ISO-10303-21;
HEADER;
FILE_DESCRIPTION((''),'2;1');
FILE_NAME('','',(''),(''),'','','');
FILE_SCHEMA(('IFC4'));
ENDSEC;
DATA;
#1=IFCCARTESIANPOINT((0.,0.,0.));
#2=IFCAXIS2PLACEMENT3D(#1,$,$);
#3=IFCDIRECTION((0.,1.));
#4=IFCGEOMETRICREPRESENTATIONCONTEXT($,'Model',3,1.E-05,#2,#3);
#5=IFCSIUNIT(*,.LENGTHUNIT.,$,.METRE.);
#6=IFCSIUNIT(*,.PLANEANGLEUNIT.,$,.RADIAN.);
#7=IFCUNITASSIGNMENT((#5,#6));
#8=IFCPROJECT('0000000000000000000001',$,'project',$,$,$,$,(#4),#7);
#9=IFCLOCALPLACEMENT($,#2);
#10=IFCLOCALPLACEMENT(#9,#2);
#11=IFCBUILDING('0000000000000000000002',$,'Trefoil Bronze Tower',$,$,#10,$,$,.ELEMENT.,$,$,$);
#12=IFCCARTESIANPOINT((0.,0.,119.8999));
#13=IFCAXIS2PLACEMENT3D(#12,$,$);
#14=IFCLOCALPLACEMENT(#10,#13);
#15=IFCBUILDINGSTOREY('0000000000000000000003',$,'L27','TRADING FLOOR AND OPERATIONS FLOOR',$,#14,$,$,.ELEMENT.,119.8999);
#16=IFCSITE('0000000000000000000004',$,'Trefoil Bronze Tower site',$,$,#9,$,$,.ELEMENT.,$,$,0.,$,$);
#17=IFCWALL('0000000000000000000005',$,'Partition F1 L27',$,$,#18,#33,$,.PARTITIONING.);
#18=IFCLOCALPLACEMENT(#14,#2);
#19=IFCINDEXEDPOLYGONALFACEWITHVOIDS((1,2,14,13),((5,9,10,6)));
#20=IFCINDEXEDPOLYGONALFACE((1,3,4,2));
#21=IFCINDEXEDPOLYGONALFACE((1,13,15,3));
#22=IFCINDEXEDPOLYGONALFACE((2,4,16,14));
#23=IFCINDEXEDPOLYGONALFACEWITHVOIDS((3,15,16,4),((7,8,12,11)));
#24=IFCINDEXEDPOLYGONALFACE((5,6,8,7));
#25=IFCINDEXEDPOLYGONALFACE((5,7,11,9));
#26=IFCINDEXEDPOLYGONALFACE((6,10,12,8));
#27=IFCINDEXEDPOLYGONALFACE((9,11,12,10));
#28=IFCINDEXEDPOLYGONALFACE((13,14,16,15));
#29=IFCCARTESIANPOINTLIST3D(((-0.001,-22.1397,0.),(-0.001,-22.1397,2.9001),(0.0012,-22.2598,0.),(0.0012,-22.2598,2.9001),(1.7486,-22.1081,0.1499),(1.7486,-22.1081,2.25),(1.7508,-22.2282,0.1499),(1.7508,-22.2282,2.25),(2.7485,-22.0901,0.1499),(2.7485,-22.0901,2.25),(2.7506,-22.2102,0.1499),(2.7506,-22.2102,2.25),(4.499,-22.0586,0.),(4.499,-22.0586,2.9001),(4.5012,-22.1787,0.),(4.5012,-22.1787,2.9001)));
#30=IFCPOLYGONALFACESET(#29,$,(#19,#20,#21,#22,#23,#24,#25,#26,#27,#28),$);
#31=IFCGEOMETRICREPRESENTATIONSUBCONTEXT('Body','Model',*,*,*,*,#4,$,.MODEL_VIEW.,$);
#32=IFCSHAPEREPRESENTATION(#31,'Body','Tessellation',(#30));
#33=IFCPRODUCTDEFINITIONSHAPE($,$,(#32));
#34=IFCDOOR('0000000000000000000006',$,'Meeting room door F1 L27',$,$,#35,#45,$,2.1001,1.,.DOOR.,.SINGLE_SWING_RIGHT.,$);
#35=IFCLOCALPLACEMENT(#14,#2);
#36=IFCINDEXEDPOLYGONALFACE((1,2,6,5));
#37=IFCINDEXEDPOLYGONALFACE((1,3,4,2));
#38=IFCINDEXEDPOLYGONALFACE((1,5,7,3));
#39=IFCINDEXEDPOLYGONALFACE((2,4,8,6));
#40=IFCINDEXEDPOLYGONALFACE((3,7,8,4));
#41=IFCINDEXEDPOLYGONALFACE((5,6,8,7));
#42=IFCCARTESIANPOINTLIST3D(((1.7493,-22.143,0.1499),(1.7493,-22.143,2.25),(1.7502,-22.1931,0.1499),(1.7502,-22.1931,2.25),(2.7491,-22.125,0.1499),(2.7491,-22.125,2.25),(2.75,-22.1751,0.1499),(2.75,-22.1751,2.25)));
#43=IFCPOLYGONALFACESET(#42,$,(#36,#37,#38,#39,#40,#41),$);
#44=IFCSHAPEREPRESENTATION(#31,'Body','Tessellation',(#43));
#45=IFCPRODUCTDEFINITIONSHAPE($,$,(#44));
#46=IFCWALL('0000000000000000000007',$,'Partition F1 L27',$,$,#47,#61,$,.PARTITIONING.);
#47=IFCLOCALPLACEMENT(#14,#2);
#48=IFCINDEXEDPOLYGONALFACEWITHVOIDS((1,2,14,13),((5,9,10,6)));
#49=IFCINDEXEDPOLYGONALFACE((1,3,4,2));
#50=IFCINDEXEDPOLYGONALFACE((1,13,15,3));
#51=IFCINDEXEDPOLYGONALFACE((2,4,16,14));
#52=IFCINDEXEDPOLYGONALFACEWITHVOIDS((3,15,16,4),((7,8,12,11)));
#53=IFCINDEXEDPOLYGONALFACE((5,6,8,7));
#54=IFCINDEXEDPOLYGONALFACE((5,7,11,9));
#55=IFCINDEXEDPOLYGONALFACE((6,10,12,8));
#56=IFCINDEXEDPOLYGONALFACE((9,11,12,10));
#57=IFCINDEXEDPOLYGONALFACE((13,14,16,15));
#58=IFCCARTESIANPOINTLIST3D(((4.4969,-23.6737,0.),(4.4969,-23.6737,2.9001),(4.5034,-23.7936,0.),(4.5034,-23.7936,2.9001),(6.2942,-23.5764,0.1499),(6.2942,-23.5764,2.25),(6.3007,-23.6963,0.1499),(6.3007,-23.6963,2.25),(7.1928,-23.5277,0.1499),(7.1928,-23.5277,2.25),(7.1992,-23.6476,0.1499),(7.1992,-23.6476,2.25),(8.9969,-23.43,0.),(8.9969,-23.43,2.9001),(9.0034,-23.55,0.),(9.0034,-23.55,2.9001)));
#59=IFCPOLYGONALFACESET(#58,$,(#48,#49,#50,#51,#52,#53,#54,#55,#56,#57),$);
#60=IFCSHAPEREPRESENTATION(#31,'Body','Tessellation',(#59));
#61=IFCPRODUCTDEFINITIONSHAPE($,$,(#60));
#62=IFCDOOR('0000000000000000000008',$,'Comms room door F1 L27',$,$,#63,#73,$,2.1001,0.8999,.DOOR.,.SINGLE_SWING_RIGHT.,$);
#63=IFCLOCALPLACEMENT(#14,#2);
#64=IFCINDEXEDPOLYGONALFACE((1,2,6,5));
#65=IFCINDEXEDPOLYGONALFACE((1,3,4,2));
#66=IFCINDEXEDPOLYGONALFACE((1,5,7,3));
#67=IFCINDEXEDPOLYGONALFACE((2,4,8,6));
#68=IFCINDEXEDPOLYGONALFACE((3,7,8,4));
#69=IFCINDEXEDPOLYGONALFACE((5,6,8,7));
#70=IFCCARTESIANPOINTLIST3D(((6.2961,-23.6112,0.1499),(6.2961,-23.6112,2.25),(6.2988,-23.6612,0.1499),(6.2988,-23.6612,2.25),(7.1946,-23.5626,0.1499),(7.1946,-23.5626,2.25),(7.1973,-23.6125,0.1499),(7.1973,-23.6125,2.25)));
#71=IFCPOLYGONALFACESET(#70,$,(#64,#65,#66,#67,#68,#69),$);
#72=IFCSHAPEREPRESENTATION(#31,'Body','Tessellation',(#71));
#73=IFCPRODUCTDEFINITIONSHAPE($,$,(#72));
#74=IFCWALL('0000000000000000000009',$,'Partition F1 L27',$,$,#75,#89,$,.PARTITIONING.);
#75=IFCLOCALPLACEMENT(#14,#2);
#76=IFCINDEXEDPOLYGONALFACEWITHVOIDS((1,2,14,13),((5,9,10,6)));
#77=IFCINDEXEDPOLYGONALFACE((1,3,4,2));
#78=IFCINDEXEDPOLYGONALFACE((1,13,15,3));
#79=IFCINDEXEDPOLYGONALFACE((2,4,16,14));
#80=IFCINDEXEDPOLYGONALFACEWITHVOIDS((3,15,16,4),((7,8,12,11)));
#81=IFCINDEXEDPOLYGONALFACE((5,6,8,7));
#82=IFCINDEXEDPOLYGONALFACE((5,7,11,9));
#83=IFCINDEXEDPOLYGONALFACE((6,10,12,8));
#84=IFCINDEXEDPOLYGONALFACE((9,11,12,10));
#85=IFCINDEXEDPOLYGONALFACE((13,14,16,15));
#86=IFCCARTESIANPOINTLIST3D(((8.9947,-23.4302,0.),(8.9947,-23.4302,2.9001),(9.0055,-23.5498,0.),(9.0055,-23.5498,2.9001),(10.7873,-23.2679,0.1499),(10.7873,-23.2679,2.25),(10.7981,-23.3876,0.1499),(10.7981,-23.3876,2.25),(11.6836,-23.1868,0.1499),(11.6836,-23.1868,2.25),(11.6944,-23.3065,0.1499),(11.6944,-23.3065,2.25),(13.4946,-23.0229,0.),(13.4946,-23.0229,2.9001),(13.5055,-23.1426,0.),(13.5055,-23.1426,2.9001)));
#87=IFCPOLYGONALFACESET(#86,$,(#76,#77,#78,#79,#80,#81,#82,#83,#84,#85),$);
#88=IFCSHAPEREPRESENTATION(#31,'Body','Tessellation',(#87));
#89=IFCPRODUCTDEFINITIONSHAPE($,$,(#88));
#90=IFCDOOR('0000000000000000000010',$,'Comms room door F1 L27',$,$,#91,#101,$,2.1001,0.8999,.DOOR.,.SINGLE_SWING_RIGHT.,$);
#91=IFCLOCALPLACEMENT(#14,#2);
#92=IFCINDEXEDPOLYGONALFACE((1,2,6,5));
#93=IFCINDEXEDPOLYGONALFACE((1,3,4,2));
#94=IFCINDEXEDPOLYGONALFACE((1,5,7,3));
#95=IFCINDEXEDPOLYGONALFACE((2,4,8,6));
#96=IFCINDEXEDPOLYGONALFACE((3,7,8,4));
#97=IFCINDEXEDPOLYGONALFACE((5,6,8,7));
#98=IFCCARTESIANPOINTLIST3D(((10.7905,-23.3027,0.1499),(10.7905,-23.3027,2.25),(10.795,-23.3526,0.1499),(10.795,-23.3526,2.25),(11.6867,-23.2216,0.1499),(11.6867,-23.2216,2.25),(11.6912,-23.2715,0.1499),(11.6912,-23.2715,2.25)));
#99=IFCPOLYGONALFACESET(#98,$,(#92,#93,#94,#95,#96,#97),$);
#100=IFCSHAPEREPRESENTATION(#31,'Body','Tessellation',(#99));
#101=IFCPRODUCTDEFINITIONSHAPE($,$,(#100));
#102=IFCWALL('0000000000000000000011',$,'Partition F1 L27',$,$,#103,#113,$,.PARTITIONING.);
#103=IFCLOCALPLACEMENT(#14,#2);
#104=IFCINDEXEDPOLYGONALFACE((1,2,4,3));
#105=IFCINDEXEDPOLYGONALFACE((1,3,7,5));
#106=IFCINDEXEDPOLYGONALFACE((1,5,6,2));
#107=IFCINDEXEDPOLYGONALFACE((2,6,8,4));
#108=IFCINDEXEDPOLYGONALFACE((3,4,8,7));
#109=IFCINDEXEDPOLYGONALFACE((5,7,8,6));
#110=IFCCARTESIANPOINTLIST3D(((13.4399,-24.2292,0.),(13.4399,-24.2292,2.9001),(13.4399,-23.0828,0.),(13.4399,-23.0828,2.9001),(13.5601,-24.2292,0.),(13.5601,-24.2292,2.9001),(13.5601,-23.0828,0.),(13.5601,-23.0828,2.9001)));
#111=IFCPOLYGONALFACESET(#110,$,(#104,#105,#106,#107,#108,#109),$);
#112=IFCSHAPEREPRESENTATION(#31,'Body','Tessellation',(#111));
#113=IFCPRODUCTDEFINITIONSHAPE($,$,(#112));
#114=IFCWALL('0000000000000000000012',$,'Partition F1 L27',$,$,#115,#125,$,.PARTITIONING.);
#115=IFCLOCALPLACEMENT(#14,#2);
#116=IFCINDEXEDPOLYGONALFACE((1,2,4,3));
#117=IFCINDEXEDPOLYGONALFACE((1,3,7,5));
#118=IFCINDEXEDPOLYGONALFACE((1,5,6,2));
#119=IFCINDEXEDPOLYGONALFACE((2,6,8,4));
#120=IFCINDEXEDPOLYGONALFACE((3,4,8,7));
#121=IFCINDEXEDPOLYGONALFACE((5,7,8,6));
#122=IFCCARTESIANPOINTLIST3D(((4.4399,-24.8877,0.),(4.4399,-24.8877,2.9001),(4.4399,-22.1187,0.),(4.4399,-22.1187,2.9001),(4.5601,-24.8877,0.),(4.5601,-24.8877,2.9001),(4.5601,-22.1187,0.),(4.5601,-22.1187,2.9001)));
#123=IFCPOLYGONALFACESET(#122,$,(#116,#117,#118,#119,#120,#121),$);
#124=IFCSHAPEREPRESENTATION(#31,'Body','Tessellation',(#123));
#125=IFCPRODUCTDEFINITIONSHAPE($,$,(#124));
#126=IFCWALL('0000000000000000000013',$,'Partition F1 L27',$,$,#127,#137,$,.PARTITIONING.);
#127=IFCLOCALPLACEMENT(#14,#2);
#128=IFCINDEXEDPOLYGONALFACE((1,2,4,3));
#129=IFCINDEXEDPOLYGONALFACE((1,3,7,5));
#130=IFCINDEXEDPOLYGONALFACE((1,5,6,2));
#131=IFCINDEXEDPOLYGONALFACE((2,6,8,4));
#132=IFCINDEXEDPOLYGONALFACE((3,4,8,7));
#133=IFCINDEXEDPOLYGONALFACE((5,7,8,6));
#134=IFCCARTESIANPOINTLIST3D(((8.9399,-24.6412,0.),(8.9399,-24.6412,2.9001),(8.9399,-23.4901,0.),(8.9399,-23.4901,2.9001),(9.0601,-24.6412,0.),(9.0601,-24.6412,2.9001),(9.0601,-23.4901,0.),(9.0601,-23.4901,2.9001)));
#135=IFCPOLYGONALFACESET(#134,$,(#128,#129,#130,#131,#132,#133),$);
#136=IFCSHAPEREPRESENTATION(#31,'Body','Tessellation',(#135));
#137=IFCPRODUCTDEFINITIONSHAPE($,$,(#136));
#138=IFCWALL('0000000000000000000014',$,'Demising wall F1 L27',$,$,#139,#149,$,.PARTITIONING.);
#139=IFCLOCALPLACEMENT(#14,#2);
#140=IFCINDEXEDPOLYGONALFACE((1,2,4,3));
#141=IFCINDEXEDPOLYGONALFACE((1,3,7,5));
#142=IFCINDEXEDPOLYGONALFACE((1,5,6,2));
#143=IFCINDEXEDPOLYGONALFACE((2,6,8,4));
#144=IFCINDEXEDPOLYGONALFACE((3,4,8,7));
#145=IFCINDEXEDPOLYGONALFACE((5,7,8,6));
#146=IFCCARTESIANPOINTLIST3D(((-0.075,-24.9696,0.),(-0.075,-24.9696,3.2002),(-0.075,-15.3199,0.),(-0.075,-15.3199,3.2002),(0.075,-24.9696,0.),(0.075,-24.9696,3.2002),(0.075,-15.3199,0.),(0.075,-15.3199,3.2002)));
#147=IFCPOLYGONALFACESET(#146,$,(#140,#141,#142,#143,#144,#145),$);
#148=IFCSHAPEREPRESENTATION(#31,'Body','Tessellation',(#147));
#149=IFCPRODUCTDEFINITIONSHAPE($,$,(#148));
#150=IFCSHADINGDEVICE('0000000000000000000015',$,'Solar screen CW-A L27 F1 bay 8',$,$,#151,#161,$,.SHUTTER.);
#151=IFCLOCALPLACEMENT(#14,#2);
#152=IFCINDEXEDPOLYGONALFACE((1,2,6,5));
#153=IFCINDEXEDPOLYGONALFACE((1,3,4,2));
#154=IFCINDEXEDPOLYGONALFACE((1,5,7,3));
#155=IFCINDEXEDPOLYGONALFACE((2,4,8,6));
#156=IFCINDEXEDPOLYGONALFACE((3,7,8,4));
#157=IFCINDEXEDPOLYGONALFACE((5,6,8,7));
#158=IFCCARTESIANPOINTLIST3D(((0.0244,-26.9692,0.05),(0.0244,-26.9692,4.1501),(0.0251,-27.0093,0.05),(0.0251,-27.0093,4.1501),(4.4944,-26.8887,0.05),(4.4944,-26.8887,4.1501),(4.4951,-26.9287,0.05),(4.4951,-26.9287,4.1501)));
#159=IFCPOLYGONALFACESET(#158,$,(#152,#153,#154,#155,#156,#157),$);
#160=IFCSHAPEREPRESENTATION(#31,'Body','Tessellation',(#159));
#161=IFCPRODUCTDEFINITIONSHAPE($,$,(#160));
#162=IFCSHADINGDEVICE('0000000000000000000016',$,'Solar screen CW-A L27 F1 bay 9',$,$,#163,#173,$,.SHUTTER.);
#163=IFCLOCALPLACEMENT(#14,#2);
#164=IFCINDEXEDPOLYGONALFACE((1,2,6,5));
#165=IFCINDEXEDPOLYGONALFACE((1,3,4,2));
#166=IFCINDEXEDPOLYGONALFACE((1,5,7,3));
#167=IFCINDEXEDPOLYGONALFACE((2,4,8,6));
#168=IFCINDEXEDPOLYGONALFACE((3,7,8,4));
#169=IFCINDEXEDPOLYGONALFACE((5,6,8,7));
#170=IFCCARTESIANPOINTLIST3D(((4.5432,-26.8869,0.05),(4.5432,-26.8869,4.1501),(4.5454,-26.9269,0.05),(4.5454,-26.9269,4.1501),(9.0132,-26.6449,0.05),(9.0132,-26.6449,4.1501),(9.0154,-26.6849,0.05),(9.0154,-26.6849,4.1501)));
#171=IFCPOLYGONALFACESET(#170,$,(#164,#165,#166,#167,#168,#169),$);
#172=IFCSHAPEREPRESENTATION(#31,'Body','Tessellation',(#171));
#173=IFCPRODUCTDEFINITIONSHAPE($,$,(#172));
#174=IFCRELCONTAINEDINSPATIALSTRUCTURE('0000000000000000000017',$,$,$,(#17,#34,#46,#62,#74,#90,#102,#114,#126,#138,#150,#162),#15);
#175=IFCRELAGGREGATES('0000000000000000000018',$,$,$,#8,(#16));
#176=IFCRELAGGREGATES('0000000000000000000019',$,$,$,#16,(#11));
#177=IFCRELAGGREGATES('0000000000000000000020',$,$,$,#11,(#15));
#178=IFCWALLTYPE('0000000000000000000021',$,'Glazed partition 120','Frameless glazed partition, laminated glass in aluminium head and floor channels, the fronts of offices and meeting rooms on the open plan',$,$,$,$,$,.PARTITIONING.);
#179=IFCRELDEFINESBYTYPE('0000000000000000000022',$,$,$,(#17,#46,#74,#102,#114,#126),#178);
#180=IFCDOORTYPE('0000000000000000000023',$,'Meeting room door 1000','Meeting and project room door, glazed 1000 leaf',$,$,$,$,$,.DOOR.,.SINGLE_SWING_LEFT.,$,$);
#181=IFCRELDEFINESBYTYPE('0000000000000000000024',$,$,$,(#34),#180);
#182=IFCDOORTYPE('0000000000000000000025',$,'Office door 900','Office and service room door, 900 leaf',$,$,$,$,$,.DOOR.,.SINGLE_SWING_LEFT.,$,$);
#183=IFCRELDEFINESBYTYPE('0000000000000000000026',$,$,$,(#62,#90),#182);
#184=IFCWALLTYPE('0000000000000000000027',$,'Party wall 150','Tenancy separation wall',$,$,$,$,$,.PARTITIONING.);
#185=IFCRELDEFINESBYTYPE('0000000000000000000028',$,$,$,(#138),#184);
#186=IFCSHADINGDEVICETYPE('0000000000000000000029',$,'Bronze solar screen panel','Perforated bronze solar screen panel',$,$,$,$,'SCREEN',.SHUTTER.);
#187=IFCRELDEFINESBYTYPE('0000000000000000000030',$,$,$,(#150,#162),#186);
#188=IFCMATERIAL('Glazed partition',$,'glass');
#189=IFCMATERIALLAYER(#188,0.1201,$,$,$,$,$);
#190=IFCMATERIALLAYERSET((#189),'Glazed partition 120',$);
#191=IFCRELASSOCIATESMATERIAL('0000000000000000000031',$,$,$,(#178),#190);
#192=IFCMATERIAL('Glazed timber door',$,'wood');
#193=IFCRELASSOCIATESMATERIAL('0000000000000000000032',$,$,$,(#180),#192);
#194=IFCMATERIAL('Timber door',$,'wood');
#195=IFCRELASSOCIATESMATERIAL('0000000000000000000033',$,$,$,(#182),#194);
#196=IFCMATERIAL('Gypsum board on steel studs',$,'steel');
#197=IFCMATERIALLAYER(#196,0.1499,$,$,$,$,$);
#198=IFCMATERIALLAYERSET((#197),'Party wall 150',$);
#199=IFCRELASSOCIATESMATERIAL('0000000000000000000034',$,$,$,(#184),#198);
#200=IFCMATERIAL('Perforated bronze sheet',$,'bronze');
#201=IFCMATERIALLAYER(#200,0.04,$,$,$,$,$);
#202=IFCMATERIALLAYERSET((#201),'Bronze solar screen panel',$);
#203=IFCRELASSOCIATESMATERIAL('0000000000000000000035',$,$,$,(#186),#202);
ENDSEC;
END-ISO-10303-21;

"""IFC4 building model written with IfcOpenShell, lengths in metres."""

from ifc_helpers import new_model, si_unit, direction, frame, frame_2d, origin, origin_2d, place, context, subcontext, project, spatial, rectangle, extrude, material, layer, layer_set, type_object, element, fill, save


model = new_model("IFC4")

# Units and contexts
model_context = context("Model", 3, precision=1e-05, world=origin(), true_north=direction((0.0, 1.0)))
body_context = subcontext(model_context, "Body", "Model", "MODEL_VIEW")
ifc_project = project(units=[si_unit("LENGTHUNIT", "METRE"), si_unit("PLANEANGLEUNIT", "RADIAN")], contexts=[model_context])

# Site, building, storey
site_placement = place(None, origin())
site = spatial("IfcSite", under=ifc_project, at=site_placement, Name="Trefoil Bronze Tower site", CompositionType="ELEMENT", RefElevation=0.0)
building_placement = place(site_placement, origin())
building = spatial("IfcBuilding", under=site, at=building_placement, Name="Trefoil Bronze Tower", CompositionType="ELEMENT")
storey_placement = place(building_placement, frame((0.0, 0.0, 119.8999)))
storey = spatial("IfcBuildingStorey", under=building, at=storey_placement, Name="L27", Description="TRADING FLOOR AND OPERATIONS FLOOR", CompositionType="ELEMENT", Elevation=119.8999)

# Walls, openings, doors
ifc_material_1 = material(Name="Glazed partition", Category="glass")
ifc_layer_1 = layer(ifc_material_1, 0.1201)
ifc_layer_set_1 = layer_set([ifc_layer_1], Name="Glazed partition 120")
wall_type_1 = type_object("IfcWallType", Name="Glazed partition 120", Description="Frameless glazed partition, laminated glass in aluminium head and floor channels, the fronts of offices and meeting rooms on the open plan", PredefinedType="PARTITIONING", material=ifc_layer_set_1)
wall_1_placement = place(storey_placement, frame((0.0, -22.1997, 0.0), z_axis=(0.0, 0.0, 1.0), x_axis=(0.999838, 0.018009, 0.0)))
wall_1 = element("IfcWall", 1, at=wall_1_placement, inside=storey, type_object=wall_type_1, Name="Partition F1 L27", PredefinedType="PARTITIONING", context=body_context, shape_type="SweptSolid", body=[
    extrude(rectangle(XDim=4.5007, YDim=0.1201, at=frame_2d((2.2505, 0.0))), origin(), (0.0, 0.0, 1.0), 2.9001),
])
opening_1_placement = place(wall_1_placement, frame((1.75, 0.0, 0.1499)))
opening_1 = element("IfcOpeningElement", 2, at=opening_1_placement, cuts=wall_1, PredefinedType="OPENING", context=body_context, shape_type="SweptSolid", body=[
    extrude(rectangle(XDim=1.0, YDim=2.1001, at=frame_2d((0.5, 1.05))), frame((0.0, 0.0701, 0.0), z_axis=(0.0, -1.0, 0.0), x_axis=(1.0, 0.0, 0.0)), (0.0, 0.0, 1.0), 0.1401),
])
ifc_material_2 = material(Name="Glazed timber door", Category="wood")
door_type_1 = type_object("IfcDoorType", Name="Meeting room door 1000", Description="Meeting and project room door, glazed 1000 leaf", OperationType="SINGLE_SWING_LEFT", PredefinedType="DOOR", material=ifc_material_2)
door_1_placement = place(opening_1_placement, frame((1.0, 0.0, 0.0), z_axis=(0.0, 0.0, 1.0), x_axis=(-1.0, 0.0, 0.0)))
door_1 = element("IfcDoor", 3, at=door_1_placement, inside=storey, type_object=door_type_1, Name="Meeting room door F1 L27", OperationType="SINGLE_SWING_RIGHT", OverallHeight=2.1001, OverallWidth=1.0, PredefinedType="DOOR", context=body_context, shape_type="SweptSolid", body=[
    extrude(rectangle(XDim=1.0, YDim=2.1001, at=frame_2d((0.5, 1.05))), frame((0.0, 0.0249, 0.0), z_axis=(0.0, -1.0, 0.0), x_axis=(1.0, 0.0, 0.0)), (0.0, 0.0, 1.0), 0.05),
])
fill(opening_1, door_1)
wall_2_placement = place(storey_placement, frame((4.5, -23.7336, 0.0), z_axis=(0.0, 0.0, 1.0), x_axis=(0.998537, 0.054066, 0.0)))
wall_2 = element("IfcWall", 4, at=wall_2_placement, inside=storey, type_object=wall_type_1, Name="Partition F1 L27", PredefinedType="PARTITIONING", context=body_context, shape_type="SweptSolid", body=[
    extrude(rectangle(XDim=4.5066, YDim=0.1201, at=frame_2d((2.2534, 0.0))), origin(), (0.0, 0.0, 1.0), 2.9001),
])
opening_2_placement = place(wall_2_placement, frame((1.8, 0.0, 0.1499)))
opening_2 = element("IfcOpeningElement", 5, at=opening_2_placement, cuts=wall_2, PredefinedType="OPENING", context=body_context, shape_type="SweptSolid", body=[
    extrude(rectangle(XDim=0.8999, YDim=2.1001, at=frame_2d((0.45, 1.05))), frame((0.0, 0.0701, 0.0), z_axis=(0.0, -1.0, 0.0), x_axis=(1.0, 0.0, 0.0)), (0.0, 0.0, 1.0), 0.1401),
])
ifc_material_3 = material(Name="Timber door", Category="wood")
door_type_2 = type_object("IfcDoorType", Name="Office door 900", Description="Office and service room door, 900 leaf", OperationType="SINGLE_SWING_LEFT", PredefinedType="DOOR", material=ifc_material_3)
door_2_placement = place(opening_2_placement, frame((0.8999, 0.0, 0.0), z_axis=(0.0, 0.0, 1.0), x_axis=(-1.0, 0.0, 0.0)))
door_2 = element("IfcDoor", 6, at=door_2_placement, inside=storey, type_object=door_type_2, Name="Comms room door F1 L27", OperationType="SINGLE_SWING_RIGHT", OverallHeight=2.1001, OverallWidth=0.8999, PredefinedType="DOOR", context=body_context, shape_type="SweptSolid", body=[
    extrude(rectangle(XDim=0.8999, YDim=2.1001, at=frame_2d((0.45, 1.05))), frame((0.0, 0.0249, 0.0), z_axis=(0.0, -1.0, 0.0), x_axis=(1.0, 0.0, 0.0)), (0.0, 0.0, 1.0), 0.05),
])
fill(opening_2, door_2)
wall_3_placement = place(storey_placement, frame((9.0, -23.49, 0.0), z_axis=(0.0, 0.0, 1.0), x_axis=(0.99593, 0.090127, 0.0)))
wall_3 = element("IfcWall", 7, at=wall_3_placement, inside=storey, type_object=wall_type_1, Name="Partition F1 L27", PredefinedType="PARTITIONING", context=body_context, shape_type="SweptSolid", body=[
    extrude(rectangle(XDim=4.5183, YDim=0.1201, at=frame_2d((2.2593, 0.0))), origin(), (0.0, 0.0, 1.0), 2.9001),
])
opening_3_placement = place(wall_3_placement, frame((1.8, 0.0, 0.1499)))
opening_3 = element("IfcOpeningElement", 8, at=opening_3_placement, cuts=wall_3, PredefinedType="OPENING", context=body_context, shape_type="SweptSolid", body=[
    extrude(rectangle(XDim=0.8999, YDim=2.1001, at=frame_2d((0.45, 1.05))), frame((0.0, 0.0701, 0.0), z_axis=(0.0, -1.0, 0.0), x_axis=(1.0, 0.0, 0.0)), (0.0, 0.0, 1.0), 0.1401),
])
door_3_placement = place(opening_3_placement, frame((0.8999, 0.0, 0.0), z_axis=(0.0, 0.0, 1.0), x_axis=(-1.0, 0.0, 0.0)))
door_3 = element("IfcDoor", 9, at=door_3_placement, inside=storey, type_object=door_type_2, Name="Comms room door F1 L27", OperationType="SINGLE_SWING_RIGHT", OverallHeight=2.1001, OverallWidth=0.8999, PredefinedType="DOOR", context=body_context, shape_type="SweptSolid", body=[
    extrude(rectangle(XDim=0.8999, YDim=2.1001, at=frame_2d((0.45, 1.05))), frame((0.0, 0.0249, 0.0), z_axis=(0.0, -1.0, 0.0), x_axis=(1.0, 0.0, 0.0)), (0.0, 0.0, 1.0), 0.05),
])
fill(opening_3, door_3)

# Walls
wall_4_placement = place(storey_placement, frame((13.5, -23.0828, 0.0), z_axis=(0.0, 0.0, 1.0), x_axis=(0.0, -1.0, 0.0)))
element("IfcWall", 10, at=wall_4_placement, inside=storey, type_object=wall_type_1, Name="Partition F1 L27", PredefinedType="PARTITIONING", context=body_context, shape_type="SweptSolid", body=[
    extrude(rectangle(XDim=1.1465, YDim=0.1201, at=frame_2d((0.5732, 0.0))), origin(), (0.0, 0.0, 1.0), 2.9001),
])
wall_5_placement = place(storey_placement, frame((4.5, -22.1187, 0.0), z_axis=(0.0, 0.0, 1.0), x_axis=(0.0, -1.0, 0.0)))
element("IfcWall", 11, at=wall_5_placement, inside=storey, type_object=wall_type_1, Name="Partition F1 L27", PredefinedType="PARTITIONING", context=body_context, shape_type="SweptSolid", body=[
    extrude(rectangle(XDim=2.769, YDim=0.1201, at=frame_2d((1.3845, 0.0))), origin(), (0.0, 0.0, 1.0), 2.9001),
])
wall_6_placement = place(storey_placement, frame((9.0, -23.49, 0.0), z_axis=(0.0, 0.0, 1.0), x_axis=(0.0, -1.0, 0.0)))
element("IfcWall", 12, at=wall_6_placement, inside=storey, type_object=wall_type_1, Name="Partition F1 L27", PredefinedType="PARTITIONING", context=body_context, shape_type="SweptSolid", body=[
    extrude(rectangle(XDim=1.1511, YDim=0.1201, at=frame_2d((0.5757, 0.0))), origin(), (0.0, 0.0, 1.0), 2.9001),
])
ifc_material_4 = material(Name="Gypsum board on steel studs", Category="steel")
ifc_layer_2 = layer(ifc_material_4, 0.1499)
ifc_layer_set_2 = layer_set([ifc_layer_2], Name="Party wall 150")
wall_type_2 = type_object("IfcWallType", Name="Party wall 150", Description="Tenancy separation wall", PredefinedType="PARTITIONING", material=ifc_layer_set_2)
wall_7_placement = place(storey_placement, frame((0.0, -15.3201, 0.0), z_axis=(0.0, 0.0, 1.0), x_axis=(0.0, -1.0, 0.0)))
element("IfcWall", 13, at=wall_7_placement, inside=storey, type_object=wall_type_2, Name="Demising wall F1 L27", PredefinedType="PARTITIONING", context=body_context, shape_type="SweptSolid", body=[
    extrude(rectangle(XDim=9.6497, YDim=0.1499, at=frame_2d((4.8247, 0.0))), origin(), (0.0, 0.0, 1.0), 3.2002),
])

# Shading devices
ifc_material_5 = material(Name="Perforated bronze sheet", Category="bronze")
ifc_layer_3 = layer(ifc_material_5, 0.04)
ifc_layer_set_3 = layer_set([ifc_layer_3], Name="Bronze solar screen panel")
shading_device_type = type_object("IfcShadingDeviceType", Name="Bronze solar screen panel", Description="Perforated bronze solar screen panel", ElementType="SCREEN", PredefinedType="SHUTTER", material=ifc_layer_set_3)
shading_device_1_placement = place(storey_placement, frame((2.2598, -26.949, 0.05), z_axis=(0.0, 0.0, 1.0), x_axis=(0.999838, 0.018021, 0.0)))
element("IfcShadingDevice", 14, at=shading_device_1_placement, inside=storey, type_object=shading_device_type, Name="Solar screen CW-A L27 F1 bay 8", PredefinedType="SHUTTER", context=body_context, shape_type="SweptSolid", body=[
    extrude(rectangle(XDim=4.4707, YDim=0.04, at=origin_2d()), origin(), (0.0, 0.0, 1.0), 4.1001),
])
shading_device_2_placement = place(storey_placement, frame((6.7793, -26.7859, 0.05), z_axis=(0.0, 0.0, 1.0), x_axis=(0.998538, 0.054063, 0.0)))
element("IfcShadingDevice", 15, at=shading_device_2_placement, inside=storey, type_object=shading_device_type, Name="Solar screen CW-A L27 F1 bay 9", PredefinedType="SHUTTER", context=body_context, shape_type="SweptSolid", body=[
    extrude(rectangle(XDim=4.4766, YDim=0.04, at=origin_2d()), origin(), (0.0, 0.0, 1.0), 4.1001),
])

save(model, "model.ifc")
